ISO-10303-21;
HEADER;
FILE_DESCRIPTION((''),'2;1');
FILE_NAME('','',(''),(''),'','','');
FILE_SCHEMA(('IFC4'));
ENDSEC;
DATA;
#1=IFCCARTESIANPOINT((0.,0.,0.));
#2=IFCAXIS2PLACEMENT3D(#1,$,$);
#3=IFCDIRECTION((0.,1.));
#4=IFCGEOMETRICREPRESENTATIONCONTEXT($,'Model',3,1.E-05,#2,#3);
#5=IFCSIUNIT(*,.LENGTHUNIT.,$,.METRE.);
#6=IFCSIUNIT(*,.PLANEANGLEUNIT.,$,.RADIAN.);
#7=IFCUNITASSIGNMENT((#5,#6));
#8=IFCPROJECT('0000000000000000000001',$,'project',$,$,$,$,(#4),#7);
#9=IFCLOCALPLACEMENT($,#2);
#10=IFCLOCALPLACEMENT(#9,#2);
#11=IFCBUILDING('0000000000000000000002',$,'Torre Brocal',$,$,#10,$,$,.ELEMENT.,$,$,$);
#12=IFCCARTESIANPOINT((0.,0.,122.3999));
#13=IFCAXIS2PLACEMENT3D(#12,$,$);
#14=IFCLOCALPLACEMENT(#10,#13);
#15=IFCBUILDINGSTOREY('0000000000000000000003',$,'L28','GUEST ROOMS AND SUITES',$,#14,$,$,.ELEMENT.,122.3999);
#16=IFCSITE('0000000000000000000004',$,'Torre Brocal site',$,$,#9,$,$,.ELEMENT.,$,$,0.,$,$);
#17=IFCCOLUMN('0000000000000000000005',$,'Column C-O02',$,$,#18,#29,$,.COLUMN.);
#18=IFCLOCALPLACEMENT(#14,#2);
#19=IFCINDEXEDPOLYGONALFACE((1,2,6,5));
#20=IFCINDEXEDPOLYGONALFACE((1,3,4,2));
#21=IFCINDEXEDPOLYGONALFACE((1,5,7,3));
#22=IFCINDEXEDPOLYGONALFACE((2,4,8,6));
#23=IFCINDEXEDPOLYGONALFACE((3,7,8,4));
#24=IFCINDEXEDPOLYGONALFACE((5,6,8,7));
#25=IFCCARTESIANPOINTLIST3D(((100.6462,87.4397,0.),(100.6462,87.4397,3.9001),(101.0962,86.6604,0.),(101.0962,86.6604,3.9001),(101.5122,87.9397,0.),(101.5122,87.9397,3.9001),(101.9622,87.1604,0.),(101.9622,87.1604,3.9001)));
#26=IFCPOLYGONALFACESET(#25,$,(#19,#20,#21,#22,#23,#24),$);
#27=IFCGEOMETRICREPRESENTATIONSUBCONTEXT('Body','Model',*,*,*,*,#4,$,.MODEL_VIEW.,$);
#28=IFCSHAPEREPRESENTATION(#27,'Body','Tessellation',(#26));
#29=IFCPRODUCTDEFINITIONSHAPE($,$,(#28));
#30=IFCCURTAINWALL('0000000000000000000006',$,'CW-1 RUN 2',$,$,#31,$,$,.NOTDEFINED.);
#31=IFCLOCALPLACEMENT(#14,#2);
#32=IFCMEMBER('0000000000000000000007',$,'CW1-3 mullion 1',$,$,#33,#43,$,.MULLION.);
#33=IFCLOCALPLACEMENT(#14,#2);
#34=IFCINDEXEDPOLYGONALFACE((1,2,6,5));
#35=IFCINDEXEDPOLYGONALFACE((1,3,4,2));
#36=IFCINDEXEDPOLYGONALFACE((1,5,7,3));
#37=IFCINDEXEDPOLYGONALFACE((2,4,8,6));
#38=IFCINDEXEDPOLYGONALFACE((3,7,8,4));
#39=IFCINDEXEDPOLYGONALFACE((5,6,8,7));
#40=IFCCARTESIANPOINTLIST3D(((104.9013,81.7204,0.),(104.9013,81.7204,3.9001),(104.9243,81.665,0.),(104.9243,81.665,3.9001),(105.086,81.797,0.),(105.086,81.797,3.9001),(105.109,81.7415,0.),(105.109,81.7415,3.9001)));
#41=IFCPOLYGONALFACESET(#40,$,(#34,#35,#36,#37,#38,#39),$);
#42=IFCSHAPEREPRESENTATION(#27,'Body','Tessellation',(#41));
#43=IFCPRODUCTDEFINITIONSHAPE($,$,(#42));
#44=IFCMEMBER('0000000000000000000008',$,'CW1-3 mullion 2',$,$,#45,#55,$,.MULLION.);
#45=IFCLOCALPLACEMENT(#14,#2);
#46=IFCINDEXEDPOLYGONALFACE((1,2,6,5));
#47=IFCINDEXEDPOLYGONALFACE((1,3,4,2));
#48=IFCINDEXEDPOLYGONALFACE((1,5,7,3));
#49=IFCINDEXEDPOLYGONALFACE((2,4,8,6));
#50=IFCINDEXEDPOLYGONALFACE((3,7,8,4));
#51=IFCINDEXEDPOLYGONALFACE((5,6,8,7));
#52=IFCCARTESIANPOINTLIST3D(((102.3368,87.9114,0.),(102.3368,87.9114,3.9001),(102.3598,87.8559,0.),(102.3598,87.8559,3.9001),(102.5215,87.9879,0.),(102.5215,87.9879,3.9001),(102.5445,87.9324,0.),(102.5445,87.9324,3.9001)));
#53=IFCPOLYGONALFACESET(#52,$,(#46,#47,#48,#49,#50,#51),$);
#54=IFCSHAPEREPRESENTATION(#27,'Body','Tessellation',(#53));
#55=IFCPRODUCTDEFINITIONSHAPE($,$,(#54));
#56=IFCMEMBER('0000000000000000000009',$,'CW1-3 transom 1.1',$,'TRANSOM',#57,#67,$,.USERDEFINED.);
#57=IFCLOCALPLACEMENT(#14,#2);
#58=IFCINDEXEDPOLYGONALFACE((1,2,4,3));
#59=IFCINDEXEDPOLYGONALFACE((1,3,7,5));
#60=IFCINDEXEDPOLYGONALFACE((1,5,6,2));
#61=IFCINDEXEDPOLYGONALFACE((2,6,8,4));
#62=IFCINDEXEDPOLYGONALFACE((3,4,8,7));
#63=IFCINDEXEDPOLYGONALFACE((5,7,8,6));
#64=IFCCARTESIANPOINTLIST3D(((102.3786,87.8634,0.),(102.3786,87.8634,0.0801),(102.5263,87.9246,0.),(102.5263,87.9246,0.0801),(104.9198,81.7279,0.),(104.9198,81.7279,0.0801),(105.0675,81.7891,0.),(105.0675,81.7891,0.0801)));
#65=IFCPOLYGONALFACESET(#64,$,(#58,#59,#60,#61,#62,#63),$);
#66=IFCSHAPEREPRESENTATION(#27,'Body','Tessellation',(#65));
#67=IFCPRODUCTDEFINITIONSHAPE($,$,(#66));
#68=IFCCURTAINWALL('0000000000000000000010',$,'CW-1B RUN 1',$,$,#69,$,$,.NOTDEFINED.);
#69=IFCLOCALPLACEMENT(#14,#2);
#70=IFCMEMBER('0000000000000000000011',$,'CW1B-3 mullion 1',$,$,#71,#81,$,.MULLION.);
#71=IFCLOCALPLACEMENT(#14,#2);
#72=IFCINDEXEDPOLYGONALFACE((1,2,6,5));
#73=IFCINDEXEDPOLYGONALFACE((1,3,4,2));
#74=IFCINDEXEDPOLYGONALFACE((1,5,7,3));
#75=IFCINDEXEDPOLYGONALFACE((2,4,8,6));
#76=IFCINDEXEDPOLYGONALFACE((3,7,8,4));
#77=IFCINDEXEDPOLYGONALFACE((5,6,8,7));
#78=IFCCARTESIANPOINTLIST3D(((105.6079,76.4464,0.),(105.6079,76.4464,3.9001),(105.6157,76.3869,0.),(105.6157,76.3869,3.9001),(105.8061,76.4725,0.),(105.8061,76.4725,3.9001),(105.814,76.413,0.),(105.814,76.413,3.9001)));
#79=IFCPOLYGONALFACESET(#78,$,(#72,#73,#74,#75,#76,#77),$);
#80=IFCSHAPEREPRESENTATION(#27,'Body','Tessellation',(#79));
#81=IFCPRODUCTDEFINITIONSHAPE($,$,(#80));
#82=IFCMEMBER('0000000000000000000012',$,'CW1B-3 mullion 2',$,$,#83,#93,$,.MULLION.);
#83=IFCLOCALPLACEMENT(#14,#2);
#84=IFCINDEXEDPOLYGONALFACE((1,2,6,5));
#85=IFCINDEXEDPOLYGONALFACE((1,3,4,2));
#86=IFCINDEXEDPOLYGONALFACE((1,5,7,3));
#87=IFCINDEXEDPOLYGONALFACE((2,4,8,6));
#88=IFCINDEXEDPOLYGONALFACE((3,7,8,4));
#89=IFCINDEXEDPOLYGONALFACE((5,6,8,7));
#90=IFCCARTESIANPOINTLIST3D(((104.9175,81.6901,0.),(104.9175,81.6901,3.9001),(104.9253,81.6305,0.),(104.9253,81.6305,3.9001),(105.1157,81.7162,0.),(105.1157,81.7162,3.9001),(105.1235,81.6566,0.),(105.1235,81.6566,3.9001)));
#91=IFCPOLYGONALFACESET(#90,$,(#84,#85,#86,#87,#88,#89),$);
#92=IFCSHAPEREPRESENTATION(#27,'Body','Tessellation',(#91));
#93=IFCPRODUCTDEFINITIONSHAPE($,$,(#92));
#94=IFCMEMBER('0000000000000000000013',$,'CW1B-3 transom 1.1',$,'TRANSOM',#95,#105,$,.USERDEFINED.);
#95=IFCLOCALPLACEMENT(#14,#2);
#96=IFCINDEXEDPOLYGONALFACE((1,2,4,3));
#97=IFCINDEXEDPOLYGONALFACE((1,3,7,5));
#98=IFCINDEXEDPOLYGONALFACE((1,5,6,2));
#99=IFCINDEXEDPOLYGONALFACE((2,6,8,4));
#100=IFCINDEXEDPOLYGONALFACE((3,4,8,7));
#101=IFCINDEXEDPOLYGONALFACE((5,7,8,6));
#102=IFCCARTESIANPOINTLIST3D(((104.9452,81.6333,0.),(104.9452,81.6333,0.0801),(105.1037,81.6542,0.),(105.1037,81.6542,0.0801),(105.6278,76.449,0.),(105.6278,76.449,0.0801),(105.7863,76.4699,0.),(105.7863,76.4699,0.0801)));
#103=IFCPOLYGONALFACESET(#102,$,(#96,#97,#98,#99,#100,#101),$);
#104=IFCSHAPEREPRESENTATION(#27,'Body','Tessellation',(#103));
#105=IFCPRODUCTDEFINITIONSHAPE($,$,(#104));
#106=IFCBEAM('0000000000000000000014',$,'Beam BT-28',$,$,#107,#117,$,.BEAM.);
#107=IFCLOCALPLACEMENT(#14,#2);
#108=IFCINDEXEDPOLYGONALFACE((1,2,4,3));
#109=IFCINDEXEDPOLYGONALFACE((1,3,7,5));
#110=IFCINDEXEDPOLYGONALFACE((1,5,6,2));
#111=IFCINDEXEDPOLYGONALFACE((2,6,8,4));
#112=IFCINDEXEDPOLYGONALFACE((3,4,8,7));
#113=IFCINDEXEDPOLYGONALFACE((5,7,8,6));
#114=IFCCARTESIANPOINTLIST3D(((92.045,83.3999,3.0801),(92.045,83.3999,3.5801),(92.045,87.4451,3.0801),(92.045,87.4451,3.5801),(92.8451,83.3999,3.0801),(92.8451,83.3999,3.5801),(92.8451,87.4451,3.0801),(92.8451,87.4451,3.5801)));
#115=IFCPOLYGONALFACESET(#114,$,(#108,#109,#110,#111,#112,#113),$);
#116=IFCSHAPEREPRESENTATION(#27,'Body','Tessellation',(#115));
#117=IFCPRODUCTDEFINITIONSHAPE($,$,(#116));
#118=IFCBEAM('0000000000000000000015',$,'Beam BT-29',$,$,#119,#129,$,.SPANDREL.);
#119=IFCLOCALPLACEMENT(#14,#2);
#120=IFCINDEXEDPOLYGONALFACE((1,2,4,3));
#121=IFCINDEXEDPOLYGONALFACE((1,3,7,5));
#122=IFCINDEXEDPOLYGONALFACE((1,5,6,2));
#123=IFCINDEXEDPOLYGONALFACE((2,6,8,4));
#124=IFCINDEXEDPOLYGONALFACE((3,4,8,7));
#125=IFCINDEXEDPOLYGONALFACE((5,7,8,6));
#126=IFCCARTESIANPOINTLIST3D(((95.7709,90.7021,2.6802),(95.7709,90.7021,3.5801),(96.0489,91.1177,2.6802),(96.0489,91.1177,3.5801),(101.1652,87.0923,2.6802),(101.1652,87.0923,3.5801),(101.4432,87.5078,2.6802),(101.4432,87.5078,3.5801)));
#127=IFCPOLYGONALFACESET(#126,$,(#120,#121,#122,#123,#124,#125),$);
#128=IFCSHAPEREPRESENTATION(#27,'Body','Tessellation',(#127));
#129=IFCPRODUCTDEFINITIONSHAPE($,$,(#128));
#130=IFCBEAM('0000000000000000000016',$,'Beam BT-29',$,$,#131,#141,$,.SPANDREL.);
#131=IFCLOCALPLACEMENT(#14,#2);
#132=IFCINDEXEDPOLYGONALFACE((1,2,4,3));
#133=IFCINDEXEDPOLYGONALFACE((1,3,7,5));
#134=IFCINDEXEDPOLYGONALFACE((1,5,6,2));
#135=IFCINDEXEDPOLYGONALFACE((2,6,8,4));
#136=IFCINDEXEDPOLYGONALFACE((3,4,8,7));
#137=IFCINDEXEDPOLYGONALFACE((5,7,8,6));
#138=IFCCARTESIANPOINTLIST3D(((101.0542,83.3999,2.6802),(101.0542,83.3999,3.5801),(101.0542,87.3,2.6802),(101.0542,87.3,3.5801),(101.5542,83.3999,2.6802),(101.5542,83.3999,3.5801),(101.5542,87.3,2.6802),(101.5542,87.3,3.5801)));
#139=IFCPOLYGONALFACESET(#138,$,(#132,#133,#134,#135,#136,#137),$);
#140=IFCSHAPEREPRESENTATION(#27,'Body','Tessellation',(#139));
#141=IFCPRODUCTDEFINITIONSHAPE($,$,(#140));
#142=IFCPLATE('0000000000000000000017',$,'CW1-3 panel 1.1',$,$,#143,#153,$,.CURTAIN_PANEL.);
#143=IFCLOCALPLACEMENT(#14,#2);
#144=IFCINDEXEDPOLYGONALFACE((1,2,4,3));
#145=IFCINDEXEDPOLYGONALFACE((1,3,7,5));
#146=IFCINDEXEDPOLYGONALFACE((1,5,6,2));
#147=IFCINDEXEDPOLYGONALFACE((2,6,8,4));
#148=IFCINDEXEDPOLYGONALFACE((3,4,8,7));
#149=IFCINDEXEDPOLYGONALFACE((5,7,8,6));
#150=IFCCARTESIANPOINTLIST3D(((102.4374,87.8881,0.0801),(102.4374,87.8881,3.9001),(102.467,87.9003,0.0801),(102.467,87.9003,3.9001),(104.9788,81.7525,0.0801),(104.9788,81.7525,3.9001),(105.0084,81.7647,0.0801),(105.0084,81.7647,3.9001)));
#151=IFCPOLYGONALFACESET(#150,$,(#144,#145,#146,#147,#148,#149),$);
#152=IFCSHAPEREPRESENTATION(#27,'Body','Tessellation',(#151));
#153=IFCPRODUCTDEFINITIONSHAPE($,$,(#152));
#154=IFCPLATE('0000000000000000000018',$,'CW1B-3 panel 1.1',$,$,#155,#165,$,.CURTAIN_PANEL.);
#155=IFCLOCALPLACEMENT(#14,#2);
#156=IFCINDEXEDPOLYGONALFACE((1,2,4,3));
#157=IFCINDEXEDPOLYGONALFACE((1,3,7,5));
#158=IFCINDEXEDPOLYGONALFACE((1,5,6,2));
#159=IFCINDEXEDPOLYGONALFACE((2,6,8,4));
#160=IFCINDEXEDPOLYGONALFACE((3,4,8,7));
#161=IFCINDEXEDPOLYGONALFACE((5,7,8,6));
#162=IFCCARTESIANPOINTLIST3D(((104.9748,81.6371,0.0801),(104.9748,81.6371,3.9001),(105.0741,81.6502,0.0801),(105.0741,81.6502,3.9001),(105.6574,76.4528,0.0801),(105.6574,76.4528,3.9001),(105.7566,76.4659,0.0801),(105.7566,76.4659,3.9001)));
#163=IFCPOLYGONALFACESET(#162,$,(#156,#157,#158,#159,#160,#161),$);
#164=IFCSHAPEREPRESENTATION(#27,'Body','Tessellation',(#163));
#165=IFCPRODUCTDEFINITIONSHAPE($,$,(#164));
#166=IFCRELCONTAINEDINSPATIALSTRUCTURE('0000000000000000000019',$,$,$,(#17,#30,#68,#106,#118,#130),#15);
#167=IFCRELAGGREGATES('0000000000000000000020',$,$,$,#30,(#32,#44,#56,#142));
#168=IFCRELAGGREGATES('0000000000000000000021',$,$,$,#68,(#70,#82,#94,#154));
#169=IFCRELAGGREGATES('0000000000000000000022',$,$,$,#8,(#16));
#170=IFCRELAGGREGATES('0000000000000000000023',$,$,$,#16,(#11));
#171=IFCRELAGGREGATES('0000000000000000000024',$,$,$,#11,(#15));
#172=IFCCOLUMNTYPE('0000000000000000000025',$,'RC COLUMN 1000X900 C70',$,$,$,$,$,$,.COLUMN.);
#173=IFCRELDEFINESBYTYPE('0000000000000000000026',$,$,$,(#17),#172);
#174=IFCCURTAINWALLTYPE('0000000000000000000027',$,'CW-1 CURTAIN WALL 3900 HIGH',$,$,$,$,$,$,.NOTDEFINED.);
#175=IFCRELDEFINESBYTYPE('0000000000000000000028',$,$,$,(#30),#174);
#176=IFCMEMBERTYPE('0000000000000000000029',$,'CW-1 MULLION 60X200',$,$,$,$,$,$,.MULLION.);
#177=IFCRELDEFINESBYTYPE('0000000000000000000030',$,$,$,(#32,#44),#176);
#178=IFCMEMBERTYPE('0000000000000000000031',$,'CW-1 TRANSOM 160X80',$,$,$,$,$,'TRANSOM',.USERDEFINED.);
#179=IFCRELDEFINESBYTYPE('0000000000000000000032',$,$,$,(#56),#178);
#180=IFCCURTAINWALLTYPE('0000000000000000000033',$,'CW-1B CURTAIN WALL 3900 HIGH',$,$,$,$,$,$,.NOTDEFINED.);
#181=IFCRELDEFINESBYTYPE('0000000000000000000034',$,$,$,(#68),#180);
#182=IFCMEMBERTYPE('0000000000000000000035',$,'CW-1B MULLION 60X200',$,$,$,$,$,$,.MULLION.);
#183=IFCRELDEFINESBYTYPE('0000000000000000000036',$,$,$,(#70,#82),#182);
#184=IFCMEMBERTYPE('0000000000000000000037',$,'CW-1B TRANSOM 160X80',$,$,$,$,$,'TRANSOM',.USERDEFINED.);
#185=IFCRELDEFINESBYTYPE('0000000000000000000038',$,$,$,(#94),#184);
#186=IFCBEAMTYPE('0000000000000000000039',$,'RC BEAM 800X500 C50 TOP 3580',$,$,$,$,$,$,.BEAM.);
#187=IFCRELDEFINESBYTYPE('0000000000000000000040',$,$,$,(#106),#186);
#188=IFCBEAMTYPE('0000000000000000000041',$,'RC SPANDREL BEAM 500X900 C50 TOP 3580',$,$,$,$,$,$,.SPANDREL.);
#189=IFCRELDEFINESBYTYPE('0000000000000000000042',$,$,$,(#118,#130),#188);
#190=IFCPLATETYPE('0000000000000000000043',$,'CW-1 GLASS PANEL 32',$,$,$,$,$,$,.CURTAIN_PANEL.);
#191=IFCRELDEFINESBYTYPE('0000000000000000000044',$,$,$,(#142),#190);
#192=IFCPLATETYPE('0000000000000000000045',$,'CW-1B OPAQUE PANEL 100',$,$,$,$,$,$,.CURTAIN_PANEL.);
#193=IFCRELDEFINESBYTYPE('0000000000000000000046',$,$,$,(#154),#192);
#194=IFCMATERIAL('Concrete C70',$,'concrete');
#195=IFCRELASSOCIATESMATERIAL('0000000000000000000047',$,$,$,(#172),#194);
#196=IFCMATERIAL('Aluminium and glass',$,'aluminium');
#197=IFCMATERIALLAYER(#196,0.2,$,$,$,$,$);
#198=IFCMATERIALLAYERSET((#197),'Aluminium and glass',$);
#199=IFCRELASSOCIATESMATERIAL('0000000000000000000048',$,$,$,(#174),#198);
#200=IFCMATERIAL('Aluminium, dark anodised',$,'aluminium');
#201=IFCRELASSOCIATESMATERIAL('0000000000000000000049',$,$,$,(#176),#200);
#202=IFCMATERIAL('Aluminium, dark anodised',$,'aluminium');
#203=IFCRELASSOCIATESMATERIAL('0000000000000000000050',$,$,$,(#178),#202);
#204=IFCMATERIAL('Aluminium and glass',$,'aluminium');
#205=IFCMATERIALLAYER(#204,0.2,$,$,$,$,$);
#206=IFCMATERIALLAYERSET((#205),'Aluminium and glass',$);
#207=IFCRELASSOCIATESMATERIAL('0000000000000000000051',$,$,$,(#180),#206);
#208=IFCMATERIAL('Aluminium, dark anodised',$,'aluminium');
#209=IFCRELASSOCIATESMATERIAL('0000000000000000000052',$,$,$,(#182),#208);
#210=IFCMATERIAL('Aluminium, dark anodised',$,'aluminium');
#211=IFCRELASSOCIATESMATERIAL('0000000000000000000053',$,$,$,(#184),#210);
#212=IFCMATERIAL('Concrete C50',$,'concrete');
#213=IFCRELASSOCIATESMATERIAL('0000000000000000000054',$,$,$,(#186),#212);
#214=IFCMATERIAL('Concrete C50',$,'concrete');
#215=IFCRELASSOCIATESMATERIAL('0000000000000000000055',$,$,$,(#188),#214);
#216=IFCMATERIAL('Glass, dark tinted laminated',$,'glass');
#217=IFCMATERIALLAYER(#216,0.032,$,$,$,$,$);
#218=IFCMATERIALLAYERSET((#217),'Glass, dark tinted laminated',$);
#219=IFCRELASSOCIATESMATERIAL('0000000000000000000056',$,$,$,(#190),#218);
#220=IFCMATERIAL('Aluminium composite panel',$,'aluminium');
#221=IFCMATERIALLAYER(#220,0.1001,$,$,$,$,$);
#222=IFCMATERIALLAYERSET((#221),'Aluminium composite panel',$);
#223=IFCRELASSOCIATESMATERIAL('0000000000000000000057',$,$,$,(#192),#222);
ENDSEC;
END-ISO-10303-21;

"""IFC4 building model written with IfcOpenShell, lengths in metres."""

from ifc_helpers import new_model, si_unit, direction, frame, origin, origin_2d, place, context, subcontext, project, spatial, rectangle, extrude, material, layer, layer_set, material_profile, profile_set, type_object, element, aggregate, save


model = new_model("IFC4")

# Units and contexts
model_context = context("Model", 3, precision=1e-05, world=origin(), true_north=direction((0.0, 1.0)))
body_context = subcontext(model_context, "Body", "Model", "MODEL_VIEW")
ifc_project = project(units=[si_unit("LENGTHUNIT", "METRE"), si_unit("PLANEANGLEUNIT", "RADIAN")], contexts=[model_context])

# Site, building, storey
site_placement = place(None, origin())
site = spatial("IfcSite", under=ifc_project, at=site_placement, Name="Torre Brocal site", CompositionType="ELEMENT", RefElevation=0.0)
building_placement = place(site_placement, origin())
building = spatial("IfcBuilding", under=site, at=building_placement, Name="Torre Brocal", CompositionType="ELEMENT")
storey_placement = place(building_placement, frame((0.0, 0.0, 122.3999)))
storey = spatial("IfcBuildingStorey", under=building, at=storey_placement, Name="L28", Description="GUEST ROOMS AND SUITES", CompositionType="ELEMENT", Elevation=122.3999)

# Column
ifc_material_1 = material(Name="Concrete C70", Category="concrete")
ifc_material_profile_1 = material_profile(ifc_material_1, rectangle(XDim=1.0, YDim=0.8999, at=origin_2d()), Name="RC 1000X900")
ifc_profile_set_1 = profile_set([ifc_material_profile_1], Name="Concrete C70")
column_type = type_object("IfcColumnType", Name="RC COLUMN 1000X900 C70", PredefinedType="COLUMN", material=ifc_profile_set_1)
column_placement = place(storey_placement, frame((101.3042, 87.3, 0.0), z_axis=(0.0, 0.0, 1.0), x_axis=(0.866025, 0.5, 0.0)))
element("IfcColumn", 1, at=column_placement, inside=storey, type_object=column_type, Name="Column C-O02", PredefinedType="COLUMN", context=body_context, shape_type="SweptSolid", body=[
    extrude(rectangle(XDim=1.0, YDim=0.8999, at=origin_2d()), origin(), (0.0, 0.0, 1.0), 3.9001),
])

# Curtain walls, members
ifc_material_2 = material(Name="Aluminium and glass", Category="aluminium")
ifc_layer_1 = layer(ifc_material_2, 0.2)
ifc_layer_set_1 = layer_set([ifc_layer_1], Name="Aluminium and glass")
curtain_wall_type_1 = type_object("IfcCurtainWallType", Name="CW-1 CURTAIN WALL 3900 HIGH", PredefinedType="NOTDEFINED", material=ifc_layer_set_1)
curtain_wall_1_placement = place(storey_placement, origin())
curtain_wall_1 = element("IfcCurtainWall", 2, at=curtain_wall_1_placement, inside=storey, type_object=curtain_wall_type_1, Name="CW-1 RUN 2", PredefinedType="NOTDEFINED")
ifc_material_3 = material(Name="Aluminium, dark anodised", Category="aluminium")
ifc_material_profile_2 = material_profile(ifc_material_3, rectangle(XDim=0.2, YDim=0.0601, at=origin_2d()), Name="CW-1 MULLION 60X200")
ifc_profile_set_2 = profile_set([ifc_material_profile_2], Name="Aluminium, dark anodised")
member_type_1 = type_object("IfcMemberType", Name="CW-1 MULLION 60X200", PredefinedType="MULLION", material=ifc_profile_set_2)
member_1_placement = place(storey_placement, frame((105.0051, 81.731, 0.0), z_axis=(0.0, 0.0, 1.0), x_axis=(-0.92388, -0.382683, 0.0)))
member_1 = element("IfcMember", 3, at=member_1_placement, type_object=member_type_1, Name="CW1-3 mullion 1", PredefinedType="MULLION", context=body_context, shape_type="SweptSolid", body=[
    extrude(rectangle(XDim=0.2, YDim=0.0601, at=origin_2d()), origin(), (0.0, 0.0, 1.0), 3.9001),
])
member_2_placement = place(storey_placement, frame((102.4407, 87.9219, 0.0), z_axis=(0.0, 0.0, 1.0), x_axis=(-0.92388, -0.382683, 0.0)))
member_2 = element("IfcMember", 4, at=member_2_placement, type_object=member_type_1, Name="CW1-3 mullion 2", PredefinedType="MULLION", context=body_context, shape_type="SweptSolid", body=[
    extrude(rectangle(XDim=0.2, YDim=0.0601, at=origin_2d()), origin(), (0.0, 0.0, 1.0), 3.9001),
])
ifc_material_4 = material(Name="Aluminium, dark anodised", Category="aluminium")
ifc_material_profile_3 = material_profile(ifc_material_4, rectangle(XDim=0.1599, YDim=0.0801, at=origin_2d()), Name="CW-1 TRANSOM 160X80")
ifc_profile_set_3 = profile_set([ifc_material_profile_3], Name="Aluminium, dark anodised")
member_type_2 = type_object("IfcMemberType", Name="CW-1 TRANSOM 160X80", ElementType="TRANSOM", PredefinedType="USERDEFINED", material=ifc_profile_set_3)
member_3_placement = place(storey_placement, frame((104.9937, 81.7585, 0.04), z_axis=(-0.382665, 0.923887, 0.0), x_axis=(-0.923887, -0.382665, 0.0)))
member_3 = element("IfcMember", 5, at=member_3_placement, type_object=member_type_2, Name="CW1-3 transom 1.1", ObjectType="TRANSOM", PredefinedType="USERDEFINED", context=body_context, shape_type="SweptSolid", body=[
    extrude(rectangle(XDim=0.1599, YDim=0.0801, at=origin_2d()), origin(), (0.0, 0.0, 1.0), 6.6409),
])
ifc_material_5 = material(Name="Aluminium and glass", Category="aluminium")
ifc_layer_2 = layer(ifc_material_5, 0.2)
ifc_layer_set_2 = layer_set([ifc_layer_2], Name="Aluminium and glass")
curtain_wall_type_2 = type_object("IfcCurtainWallType", Name="CW-1B CURTAIN WALL 3900 HIGH", PredefinedType="NOTDEFINED", material=ifc_layer_set_2)
curtain_wall_2_placement = place(storey_placement, origin())
curtain_wall_2 = element("IfcCurtainWall", 6, at=curtain_wall_2_placement, inside=storey, type_object=curtain_wall_type_2, Name="CW-1B RUN 1", PredefinedType="NOTDEFINED")
ifc_material_6 = material(Name="Aluminium, dark anodised", Category="aluminium")
ifc_material_profile_4 = material_profile(ifc_material_6, rectangle(XDim=0.2, YDim=0.0601, at=origin_2d()), Name="CW-1B MULLION 60X200")
ifc_profile_set_4 = profile_set([ifc_material_profile_4], Name="Aluminium, dark anodised")
member_type_3 = type_object("IfcMemberType", Name="CW-1B MULLION 60X200", PredefinedType="MULLION", material=ifc_profile_set_4)
member_4_placement = place(storey_placement, frame((105.7109, 76.4297, 0.0), z_axis=(0.0, 0.0, 1.0), x_axis=(-0.991445, -0.130526, 0.0)))
member_4 = element("IfcMember", 7, at=member_4_placement, type_object=member_type_3, Name="CW1B-3 mullion 1", PredefinedType="MULLION", context=body_context, shape_type="SweptSolid", body=[
    extrude(rectangle(XDim=0.2, YDim=0.0601, at=origin_2d()), origin(), (0.0, 0.0, 1.0), 3.9001),
])
member_5_placement = place(storey_placement, frame((105.0205, 81.6733, 0.0), z_axis=(0.0, 0.0, 1.0), x_axis=(-0.991445, -0.130526, 0.0)))
member_5 = element("IfcMember", 8, at=member_5_placement, type_object=member_type_3, Name="CW1B-3 mullion 2", PredefinedType="MULLION", context=body_context, shape_type="SweptSolid", body=[
    extrude(rectangle(XDim=0.2, YDim=0.0601, at=origin_2d()), origin(), (0.0, 0.0, 1.0), 3.9001),
])
ifc_material_7 = material(Name="Aluminium, dark anodised", Category="aluminium")
ifc_material_profile_5 = material_profile(ifc_material_7, rectangle(XDim=0.1599, YDim=0.0801, at=origin_2d()), Name="CW-1B TRANSOM 160X80")
ifc_profile_set_5 = profile_set([ifc_material_profile_5], Name="Aluminium, dark anodised")
member_type_4 = type_object("IfcMemberType", Name="CW-1B TRANSOM 160X80", ElementType="TRANSOM", PredefinedType="USERDEFINED", material=ifc_profile_set_5)
member_6_placement = place(storey_placement, frame((105.707, 76.4595, 0.04), z_axis=(-0.130543, 0.991443, 0.0), x_axis=(-0.991443, -0.130543, 0.0)))
member_6 = element("IfcMember", 9, at=member_6_placement, type_object=member_type_4, Name="CW1B-3 transom 1.1", ObjectType="TRANSOM", PredefinedType="USERDEFINED", context=body_context, shape_type="SweptSolid", body=[
    extrude(rectangle(XDim=0.1599, YDim=0.0801, at=origin_2d()), origin(), (0.0, 0.0, 1.0), 5.229),
])

# Beams
ifc_material_8 = material(Name="Concrete C50", Category="concrete")
ifc_material_profile_6 = material_profile(ifc_material_8, rectangle(XDim=0.8, YDim=0.5, at=origin_2d()), Name="RC 800X500")
ifc_profile_set_6 = profile_set([ifc_material_profile_6], Name="Concrete C50")
beam_type_1 = type_object("IfcBeamType", Name="RC BEAM 800X500 C50 TOP 3580", PredefinedType="BEAM", material=ifc_profile_set_6)
beam_1_placement = place(storey_placement, frame((92.4451, 87.4451, 3.3301), z_axis=(0.0, -1.0, 0.0), x_axis=(1.0, 0.0, 0.0)))
element("IfcBeam", 10, at=beam_1_placement, inside=storey, type_object=beam_type_1, Name="Beam BT-28", PredefinedType="BEAM", context=body_context, shape_type="SweptSolid", body=[
    extrude(rectangle(XDim=0.8, YDim=0.5, at=origin_2d()), origin(), (0.0, 0.0, 1.0), 4.0452),
])
ifc_material_9 = material(Name="Concrete C50", Category="concrete")
ifc_material_profile_7 = material_profile(ifc_material_9, rectangle(XDim=0.5, YDim=0.8999, at=origin_2d()), Name="RC 500X900")
ifc_profile_set_7 = profile_set([ifc_material_profile_7], Name="Concrete C50")
beam_type_2 = type_object("IfcBeamType", Name="RC SPANDREL BEAM 500X900 C50 TOP 3580", PredefinedType="SPANDREL", material=ifc_profile_set_7)
beam_2_placement = place(storey_placement, frame((101.3042, 87.3, 3.1301), z_axis=(-0.831077, 0.556158, 0.0), x_axis=(-0.556158, -0.831077, 0.0)))
element("IfcBeam", 11, at=beam_2_placement, inside=storey, type_object=beam_type_2, Name="Beam BT-29", PredefinedType="SPANDREL", context=body_context, shape_type="SweptSolid", body=[
    extrude(rectangle(XDim=0.5, YDim=0.8999, at=origin_2d()), origin(), (0.0, 0.0, 1.0), 6.4907),
])
beam_3_placement = place(storey_placement, frame((101.3042, 87.3, 3.1301), z_axis=(0.0, -1.0, 0.0), x_axis=(1.0, 0.0, 0.0)))
element("IfcBeam", 12, at=beam_3_placement, inside=storey, type_object=beam_type_2, Name="Beam BT-29", PredefinedType="SPANDREL", context=body_context, shape_type="SweptSolid", body=[
    extrude(rectangle(XDim=0.5, YDim=0.8999, at=origin_2d()), origin(), (0.0, 0.0, 1.0), 3.9001),
])

# Plates
ifc_material_10 = material(Name="Glass, dark tinted laminated", Category="glass")
ifc_layer_3 = layer(ifc_material_10, 0.032)
ifc_layer_set_3 = layer_set([ifc_layer_3], Name="Glass, dark tinted laminated")
plate_type_1 = type_object("IfcPlateType", Name="CW-1 GLASS PANEL 32", PredefinedType="CURTAIN_PANEL", material=ifc_layer_set_3)
plate_1_placement = place(storey_placement, frame((103.7229, 84.8264, 0.0801), z_axis=(0.0, 0.0, 1.0), x_axis=(-0.382683, 0.92388, 0.0)))
plate_1 = element("IfcPlate", 13, at=plate_1_placement, type_object=plate_type_1, Name="CW1-3 panel 1.1", PredefinedType="CURTAIN_PANEL", context=body_context, shape_type="SweptSolid", body=[
    extrude(rectangle(XDim=6.6411, YDim=0.032, at=origin_2d()), origin(), (0.0, 0.0, 1.0), 3.8201),
])
aggregate(curtain_wall_1, [member_1, member_2, member_3, plate_1])
ifc_material_11 = material(Name="Aluminium composite panel", Category="aluminium")
ifc_layer_4 = layer(ifc_material_11, 0.1001)
ifc_layer_set_4 = layer_set([ifc_layer_4], Name="Aluminium composite panel")
plate_type_2 = type_object("IfcPlateType", Name="CW-1B OPAQUE PANEL 100", PredefinedType="CURTAIN_PANEL", material=ifc_layer_set_4)
plate_2_placement = place(storey_placement, frame((105.3657, 79.0515, 0.0801), z_axis=(0.0, 0.0, 1.0), x_axis=(-0.130526, 0.991445, 0.0)))
plate_2 = element("IfcPlate", 14, at=plate_2_placement, type_object=plate_type_2, Name="CW1B-3 panel 1.1", PredefinedType="CURTAIN_PANEL", context=body_context, shape_type="SweptSolid", body=[
    extrude(rectangle(XDim=5.229, YDim=0.1001, at=origin_2d()), origin(), (0.0, 0.0, 1.0), 3.8201),
])
aggregate(curtain_wall_2, [member_4, member_5, member_6, plate_2])

save(model, "model.ifc")
